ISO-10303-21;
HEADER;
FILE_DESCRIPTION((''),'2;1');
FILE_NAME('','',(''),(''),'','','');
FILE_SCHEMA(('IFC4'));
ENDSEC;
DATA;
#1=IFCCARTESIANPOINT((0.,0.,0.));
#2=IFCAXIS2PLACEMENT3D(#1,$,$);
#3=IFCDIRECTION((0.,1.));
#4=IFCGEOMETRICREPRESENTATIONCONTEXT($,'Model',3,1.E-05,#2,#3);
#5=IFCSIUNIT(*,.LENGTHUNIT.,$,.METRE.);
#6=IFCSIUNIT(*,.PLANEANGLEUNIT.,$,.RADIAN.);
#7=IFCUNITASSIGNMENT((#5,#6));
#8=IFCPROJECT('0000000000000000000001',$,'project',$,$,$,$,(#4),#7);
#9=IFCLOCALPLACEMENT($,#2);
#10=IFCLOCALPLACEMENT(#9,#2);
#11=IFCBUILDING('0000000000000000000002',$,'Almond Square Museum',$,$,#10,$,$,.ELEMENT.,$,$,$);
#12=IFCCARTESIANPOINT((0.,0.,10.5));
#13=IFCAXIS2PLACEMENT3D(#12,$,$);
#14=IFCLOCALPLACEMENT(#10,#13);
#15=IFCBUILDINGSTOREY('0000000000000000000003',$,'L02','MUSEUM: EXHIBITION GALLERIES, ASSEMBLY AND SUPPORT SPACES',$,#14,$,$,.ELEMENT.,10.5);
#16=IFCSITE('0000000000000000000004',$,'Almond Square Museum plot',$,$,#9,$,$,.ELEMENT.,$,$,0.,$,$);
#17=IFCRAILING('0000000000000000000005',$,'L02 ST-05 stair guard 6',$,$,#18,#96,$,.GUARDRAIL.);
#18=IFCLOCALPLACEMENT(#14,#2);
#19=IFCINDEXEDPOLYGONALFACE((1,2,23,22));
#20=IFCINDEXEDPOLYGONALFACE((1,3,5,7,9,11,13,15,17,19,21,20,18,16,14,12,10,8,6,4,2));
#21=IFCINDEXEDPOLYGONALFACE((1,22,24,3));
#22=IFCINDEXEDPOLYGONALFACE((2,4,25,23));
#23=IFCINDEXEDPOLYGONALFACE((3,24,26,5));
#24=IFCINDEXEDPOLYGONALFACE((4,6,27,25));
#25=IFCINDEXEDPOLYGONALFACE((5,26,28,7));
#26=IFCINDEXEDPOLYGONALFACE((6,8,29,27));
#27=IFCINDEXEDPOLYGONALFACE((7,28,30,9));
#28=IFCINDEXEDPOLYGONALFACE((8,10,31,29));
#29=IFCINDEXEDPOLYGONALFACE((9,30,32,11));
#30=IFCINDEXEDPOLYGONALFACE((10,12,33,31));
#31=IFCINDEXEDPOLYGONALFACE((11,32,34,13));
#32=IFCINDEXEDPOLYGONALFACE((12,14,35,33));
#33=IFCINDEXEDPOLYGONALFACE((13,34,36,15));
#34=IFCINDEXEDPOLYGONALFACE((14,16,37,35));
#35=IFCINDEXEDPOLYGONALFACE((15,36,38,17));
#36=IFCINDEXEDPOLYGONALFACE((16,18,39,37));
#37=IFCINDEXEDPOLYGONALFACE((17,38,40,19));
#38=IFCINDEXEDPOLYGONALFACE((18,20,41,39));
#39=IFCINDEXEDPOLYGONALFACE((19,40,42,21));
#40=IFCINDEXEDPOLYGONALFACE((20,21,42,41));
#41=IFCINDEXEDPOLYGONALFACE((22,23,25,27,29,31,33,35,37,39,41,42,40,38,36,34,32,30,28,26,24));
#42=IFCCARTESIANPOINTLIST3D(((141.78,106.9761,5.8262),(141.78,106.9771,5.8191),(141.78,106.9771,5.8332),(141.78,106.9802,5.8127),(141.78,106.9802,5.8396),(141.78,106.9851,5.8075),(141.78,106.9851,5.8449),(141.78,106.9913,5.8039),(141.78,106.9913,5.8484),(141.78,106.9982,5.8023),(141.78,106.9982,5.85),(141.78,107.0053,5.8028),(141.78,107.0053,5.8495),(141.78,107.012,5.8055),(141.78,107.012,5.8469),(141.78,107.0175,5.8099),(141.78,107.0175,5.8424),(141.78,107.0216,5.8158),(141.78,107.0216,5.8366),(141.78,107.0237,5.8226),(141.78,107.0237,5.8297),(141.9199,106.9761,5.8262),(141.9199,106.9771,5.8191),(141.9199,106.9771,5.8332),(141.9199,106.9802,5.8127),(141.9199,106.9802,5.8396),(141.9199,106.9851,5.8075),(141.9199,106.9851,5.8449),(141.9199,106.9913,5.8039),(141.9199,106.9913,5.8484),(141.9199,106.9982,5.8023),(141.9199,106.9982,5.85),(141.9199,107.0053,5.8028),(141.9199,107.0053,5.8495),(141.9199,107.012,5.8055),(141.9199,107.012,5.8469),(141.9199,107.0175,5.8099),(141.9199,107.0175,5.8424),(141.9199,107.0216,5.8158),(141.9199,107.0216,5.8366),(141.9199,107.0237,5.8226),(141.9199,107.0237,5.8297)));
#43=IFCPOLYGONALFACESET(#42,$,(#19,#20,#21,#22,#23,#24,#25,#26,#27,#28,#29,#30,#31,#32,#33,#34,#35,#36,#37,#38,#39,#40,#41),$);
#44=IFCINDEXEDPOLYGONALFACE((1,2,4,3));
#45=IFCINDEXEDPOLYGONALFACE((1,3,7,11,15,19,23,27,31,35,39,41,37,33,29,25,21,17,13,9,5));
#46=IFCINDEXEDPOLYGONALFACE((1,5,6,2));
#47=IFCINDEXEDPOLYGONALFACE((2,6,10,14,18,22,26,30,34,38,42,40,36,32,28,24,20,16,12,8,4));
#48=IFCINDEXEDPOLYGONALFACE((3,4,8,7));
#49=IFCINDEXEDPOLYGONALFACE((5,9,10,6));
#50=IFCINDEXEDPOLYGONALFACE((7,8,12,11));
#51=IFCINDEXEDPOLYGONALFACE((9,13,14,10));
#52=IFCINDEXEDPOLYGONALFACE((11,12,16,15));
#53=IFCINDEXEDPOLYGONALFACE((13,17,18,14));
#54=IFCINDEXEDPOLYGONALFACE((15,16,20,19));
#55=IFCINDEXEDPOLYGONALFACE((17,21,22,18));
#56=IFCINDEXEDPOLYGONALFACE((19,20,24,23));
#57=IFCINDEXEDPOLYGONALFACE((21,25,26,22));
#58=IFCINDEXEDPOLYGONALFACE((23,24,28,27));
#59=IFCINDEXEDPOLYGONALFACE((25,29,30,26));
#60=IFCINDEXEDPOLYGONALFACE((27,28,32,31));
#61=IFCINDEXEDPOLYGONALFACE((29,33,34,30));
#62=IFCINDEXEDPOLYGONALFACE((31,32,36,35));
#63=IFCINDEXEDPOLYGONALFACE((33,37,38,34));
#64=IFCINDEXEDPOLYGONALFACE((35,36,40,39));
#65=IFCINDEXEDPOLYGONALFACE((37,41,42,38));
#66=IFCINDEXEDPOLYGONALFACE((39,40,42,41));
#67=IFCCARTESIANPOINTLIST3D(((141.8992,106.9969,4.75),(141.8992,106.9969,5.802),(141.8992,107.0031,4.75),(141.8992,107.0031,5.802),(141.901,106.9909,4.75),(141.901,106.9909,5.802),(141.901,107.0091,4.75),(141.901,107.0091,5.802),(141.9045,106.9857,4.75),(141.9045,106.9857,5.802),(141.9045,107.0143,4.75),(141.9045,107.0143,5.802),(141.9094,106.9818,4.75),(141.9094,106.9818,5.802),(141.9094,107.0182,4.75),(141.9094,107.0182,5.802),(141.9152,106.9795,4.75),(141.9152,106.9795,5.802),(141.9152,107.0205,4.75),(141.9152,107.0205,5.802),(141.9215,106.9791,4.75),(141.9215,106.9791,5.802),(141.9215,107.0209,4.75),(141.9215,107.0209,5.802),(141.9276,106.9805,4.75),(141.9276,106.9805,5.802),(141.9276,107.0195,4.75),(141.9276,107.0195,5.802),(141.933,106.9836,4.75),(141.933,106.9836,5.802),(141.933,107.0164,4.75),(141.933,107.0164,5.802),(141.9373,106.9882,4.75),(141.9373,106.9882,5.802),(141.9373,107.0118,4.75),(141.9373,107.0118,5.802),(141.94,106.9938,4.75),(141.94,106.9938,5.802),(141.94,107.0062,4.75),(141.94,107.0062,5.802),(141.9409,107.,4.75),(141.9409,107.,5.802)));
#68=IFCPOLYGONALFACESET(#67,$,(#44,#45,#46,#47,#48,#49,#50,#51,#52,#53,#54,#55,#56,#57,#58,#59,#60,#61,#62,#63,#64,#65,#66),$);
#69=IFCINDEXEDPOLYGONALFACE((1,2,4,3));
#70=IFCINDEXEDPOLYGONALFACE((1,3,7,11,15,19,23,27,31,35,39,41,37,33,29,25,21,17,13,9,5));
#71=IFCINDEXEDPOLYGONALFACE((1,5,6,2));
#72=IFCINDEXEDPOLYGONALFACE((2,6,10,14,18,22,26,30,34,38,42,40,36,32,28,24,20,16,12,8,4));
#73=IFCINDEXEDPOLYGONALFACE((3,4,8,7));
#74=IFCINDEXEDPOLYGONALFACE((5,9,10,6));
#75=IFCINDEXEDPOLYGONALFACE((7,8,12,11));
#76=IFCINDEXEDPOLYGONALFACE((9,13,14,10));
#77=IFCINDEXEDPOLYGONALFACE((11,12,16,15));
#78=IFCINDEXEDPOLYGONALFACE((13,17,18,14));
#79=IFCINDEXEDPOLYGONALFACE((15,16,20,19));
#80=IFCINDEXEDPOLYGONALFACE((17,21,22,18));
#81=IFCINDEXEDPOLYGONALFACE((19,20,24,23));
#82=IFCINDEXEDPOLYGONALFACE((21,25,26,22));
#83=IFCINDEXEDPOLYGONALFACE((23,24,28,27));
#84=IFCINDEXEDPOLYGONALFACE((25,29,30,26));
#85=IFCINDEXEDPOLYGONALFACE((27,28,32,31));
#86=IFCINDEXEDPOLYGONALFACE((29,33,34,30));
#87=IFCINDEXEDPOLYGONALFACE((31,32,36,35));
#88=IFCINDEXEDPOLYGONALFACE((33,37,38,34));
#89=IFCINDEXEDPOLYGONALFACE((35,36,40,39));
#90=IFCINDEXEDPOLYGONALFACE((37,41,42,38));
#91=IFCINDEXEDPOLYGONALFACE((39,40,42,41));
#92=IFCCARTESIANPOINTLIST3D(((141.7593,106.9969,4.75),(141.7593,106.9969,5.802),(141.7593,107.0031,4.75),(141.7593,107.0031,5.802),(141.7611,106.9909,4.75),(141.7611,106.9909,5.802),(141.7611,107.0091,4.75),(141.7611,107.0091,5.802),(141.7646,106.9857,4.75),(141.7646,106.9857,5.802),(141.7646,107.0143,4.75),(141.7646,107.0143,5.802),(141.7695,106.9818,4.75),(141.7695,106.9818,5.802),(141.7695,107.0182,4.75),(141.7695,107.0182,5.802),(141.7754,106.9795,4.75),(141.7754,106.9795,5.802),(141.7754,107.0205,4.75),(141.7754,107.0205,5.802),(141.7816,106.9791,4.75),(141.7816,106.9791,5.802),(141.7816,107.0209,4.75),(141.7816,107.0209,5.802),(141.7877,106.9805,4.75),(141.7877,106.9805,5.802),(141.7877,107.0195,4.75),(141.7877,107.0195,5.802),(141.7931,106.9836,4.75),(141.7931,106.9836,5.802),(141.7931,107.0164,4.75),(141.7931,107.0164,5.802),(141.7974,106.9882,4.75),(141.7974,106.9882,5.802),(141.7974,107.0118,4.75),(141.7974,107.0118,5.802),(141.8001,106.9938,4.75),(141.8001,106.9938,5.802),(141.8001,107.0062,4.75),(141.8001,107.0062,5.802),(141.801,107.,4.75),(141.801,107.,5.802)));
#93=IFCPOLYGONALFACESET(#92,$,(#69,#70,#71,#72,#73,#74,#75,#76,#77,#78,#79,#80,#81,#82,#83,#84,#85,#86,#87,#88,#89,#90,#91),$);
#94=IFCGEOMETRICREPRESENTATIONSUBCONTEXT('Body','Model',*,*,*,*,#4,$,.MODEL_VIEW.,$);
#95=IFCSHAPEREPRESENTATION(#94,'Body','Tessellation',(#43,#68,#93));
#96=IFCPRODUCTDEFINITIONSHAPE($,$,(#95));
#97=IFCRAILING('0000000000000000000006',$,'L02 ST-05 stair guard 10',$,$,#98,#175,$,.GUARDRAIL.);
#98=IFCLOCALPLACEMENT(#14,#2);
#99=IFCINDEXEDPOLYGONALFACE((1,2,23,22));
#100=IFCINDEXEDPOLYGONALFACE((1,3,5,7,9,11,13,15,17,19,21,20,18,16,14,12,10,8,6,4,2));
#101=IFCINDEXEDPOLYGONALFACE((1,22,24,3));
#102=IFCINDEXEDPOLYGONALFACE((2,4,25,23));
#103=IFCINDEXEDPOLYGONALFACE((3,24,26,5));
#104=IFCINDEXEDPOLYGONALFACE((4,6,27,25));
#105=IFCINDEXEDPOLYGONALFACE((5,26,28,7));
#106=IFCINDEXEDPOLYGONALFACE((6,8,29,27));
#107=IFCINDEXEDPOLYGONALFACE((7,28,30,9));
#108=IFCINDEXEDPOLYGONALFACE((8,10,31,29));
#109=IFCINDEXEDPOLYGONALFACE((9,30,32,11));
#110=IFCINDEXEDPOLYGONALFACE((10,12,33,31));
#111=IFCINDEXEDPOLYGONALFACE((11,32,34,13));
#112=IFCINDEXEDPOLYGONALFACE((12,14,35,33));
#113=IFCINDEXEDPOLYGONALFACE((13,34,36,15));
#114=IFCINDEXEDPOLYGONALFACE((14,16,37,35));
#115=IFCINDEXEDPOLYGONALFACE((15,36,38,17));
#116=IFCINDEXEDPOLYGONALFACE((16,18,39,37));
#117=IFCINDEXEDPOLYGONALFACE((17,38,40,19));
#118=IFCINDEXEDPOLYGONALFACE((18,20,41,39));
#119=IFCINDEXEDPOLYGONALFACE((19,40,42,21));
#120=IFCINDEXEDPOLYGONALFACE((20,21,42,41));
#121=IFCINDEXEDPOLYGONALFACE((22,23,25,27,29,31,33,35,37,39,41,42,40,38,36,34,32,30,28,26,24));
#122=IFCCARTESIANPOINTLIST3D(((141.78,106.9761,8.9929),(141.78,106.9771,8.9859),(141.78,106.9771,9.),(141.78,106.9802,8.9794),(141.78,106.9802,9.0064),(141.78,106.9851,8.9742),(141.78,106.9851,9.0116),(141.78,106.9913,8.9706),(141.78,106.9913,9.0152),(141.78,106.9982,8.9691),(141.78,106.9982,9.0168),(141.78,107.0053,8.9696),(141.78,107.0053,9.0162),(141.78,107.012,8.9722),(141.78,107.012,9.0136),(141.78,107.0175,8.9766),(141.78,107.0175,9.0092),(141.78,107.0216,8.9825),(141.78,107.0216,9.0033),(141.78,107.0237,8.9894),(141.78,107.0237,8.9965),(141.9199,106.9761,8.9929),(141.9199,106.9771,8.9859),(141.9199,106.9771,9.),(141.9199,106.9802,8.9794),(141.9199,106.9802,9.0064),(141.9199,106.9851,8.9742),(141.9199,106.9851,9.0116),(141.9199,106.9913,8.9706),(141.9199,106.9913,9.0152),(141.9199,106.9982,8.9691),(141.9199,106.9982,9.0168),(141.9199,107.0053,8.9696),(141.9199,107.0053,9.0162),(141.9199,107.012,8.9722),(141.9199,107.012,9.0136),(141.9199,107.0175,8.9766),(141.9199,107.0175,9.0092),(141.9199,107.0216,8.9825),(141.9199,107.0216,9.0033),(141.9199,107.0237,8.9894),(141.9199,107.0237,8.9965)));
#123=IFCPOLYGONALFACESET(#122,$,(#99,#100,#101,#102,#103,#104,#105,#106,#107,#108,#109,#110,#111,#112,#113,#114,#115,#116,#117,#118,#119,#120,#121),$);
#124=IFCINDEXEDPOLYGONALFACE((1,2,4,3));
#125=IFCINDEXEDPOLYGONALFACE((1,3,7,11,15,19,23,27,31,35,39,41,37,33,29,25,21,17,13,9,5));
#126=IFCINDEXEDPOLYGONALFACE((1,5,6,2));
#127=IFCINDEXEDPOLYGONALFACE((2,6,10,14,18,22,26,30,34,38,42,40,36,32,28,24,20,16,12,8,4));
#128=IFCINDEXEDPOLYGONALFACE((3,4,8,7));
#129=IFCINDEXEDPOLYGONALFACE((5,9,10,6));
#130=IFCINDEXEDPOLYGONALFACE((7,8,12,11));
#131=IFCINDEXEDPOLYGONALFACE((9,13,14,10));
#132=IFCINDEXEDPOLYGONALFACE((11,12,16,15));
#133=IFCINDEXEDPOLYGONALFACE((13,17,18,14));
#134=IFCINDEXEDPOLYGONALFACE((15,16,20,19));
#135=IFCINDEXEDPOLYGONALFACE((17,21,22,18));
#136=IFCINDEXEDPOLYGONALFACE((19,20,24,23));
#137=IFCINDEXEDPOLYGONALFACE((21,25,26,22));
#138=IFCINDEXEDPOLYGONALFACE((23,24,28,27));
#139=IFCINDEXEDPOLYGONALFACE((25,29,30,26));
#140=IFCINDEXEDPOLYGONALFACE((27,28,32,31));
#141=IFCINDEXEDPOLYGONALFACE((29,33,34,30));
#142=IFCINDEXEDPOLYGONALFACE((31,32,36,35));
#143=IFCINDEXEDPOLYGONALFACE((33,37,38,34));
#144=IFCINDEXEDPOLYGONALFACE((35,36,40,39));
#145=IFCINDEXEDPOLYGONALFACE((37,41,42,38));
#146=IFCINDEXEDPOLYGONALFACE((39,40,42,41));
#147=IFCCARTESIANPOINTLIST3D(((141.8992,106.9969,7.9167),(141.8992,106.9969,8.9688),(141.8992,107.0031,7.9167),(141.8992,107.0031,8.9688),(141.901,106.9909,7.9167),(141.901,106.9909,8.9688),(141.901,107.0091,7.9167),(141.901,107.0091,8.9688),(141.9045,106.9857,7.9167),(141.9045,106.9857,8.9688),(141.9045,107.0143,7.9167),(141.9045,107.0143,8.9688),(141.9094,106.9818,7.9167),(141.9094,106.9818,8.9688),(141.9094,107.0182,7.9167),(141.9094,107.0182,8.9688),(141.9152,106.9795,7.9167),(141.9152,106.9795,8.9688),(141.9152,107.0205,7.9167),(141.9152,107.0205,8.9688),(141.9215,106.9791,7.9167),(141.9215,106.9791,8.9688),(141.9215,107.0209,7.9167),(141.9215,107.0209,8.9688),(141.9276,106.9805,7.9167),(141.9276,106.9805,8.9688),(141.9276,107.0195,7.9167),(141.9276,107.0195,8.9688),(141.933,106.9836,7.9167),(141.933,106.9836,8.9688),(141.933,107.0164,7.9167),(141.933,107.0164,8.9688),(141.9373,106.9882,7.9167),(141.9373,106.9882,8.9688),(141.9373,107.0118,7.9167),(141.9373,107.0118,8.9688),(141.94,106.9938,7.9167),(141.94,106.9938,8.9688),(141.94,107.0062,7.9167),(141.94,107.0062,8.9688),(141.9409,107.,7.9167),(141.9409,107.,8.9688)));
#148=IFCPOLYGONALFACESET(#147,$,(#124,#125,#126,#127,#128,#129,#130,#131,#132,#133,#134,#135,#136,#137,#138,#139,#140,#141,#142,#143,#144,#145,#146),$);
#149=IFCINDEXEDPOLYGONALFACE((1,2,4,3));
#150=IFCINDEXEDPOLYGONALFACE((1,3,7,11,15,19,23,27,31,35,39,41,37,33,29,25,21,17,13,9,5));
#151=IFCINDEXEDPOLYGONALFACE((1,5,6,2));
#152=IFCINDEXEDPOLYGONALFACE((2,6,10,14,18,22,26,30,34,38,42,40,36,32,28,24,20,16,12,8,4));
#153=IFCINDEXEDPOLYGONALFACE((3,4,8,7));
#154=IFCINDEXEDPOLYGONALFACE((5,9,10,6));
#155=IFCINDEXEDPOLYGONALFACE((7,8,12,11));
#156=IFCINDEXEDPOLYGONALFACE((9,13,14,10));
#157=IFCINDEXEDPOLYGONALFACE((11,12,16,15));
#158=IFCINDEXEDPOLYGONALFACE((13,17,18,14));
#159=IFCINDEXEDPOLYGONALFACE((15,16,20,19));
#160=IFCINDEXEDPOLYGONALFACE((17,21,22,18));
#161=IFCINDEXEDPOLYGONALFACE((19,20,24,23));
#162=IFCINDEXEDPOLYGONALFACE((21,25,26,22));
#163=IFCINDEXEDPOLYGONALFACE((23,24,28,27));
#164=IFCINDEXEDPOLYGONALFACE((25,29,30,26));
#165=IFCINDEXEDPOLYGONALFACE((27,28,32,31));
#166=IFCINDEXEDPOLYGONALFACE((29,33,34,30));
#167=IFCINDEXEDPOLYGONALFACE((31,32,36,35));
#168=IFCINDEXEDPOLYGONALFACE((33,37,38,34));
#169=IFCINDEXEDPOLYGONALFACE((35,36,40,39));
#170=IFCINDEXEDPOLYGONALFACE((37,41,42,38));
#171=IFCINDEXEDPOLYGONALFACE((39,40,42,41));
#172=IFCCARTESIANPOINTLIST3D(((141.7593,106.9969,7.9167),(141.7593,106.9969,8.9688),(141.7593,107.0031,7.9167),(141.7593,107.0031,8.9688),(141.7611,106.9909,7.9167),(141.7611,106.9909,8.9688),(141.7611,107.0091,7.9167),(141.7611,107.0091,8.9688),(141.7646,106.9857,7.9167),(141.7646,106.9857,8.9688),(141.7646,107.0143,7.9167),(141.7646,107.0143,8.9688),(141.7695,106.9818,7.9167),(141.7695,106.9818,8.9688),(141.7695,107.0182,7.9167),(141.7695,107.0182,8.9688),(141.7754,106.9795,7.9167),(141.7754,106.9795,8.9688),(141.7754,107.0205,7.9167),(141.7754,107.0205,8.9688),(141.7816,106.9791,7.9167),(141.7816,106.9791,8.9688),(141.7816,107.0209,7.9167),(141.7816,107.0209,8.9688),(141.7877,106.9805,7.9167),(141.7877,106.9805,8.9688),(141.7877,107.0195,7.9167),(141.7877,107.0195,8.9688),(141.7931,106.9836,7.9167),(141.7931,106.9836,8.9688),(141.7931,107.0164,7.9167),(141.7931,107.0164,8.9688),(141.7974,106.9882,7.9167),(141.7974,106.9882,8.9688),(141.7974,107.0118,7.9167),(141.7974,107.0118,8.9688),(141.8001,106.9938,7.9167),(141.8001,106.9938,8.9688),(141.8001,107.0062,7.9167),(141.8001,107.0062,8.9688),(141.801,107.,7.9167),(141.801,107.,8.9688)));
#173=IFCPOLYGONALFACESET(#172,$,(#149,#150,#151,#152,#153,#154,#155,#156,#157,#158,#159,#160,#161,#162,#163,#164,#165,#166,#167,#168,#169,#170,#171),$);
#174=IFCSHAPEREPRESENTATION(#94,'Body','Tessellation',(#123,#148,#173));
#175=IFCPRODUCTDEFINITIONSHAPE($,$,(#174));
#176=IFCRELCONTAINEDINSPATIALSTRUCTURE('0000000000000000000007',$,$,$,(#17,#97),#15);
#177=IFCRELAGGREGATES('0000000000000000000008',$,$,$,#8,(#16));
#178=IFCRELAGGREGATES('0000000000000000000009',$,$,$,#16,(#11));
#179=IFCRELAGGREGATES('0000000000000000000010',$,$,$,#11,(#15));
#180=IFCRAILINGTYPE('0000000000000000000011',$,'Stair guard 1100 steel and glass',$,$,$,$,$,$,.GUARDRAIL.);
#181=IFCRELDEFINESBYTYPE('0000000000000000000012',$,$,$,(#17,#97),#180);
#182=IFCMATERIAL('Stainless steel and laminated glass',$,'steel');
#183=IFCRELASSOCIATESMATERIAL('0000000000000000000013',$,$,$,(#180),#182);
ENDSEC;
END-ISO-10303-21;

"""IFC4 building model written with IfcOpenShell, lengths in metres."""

from ifc_helpers import new_model, si_unit, direction, frame, origin, origin_2d, place, context, subcontext, project, spatial, circle, extrude, material, type_object, element, save


model = new_model("IFC4")

# Units and contexts
model_context = context("Model", 3, precision=1e-05, world=origin(), true_north=direction((0.0, 1.0)))
body_context = subcontext(model_context, "Body", "Model", "MODEL_VIEW")
ifc_project = project(units=[si_unit("LENGTHUNIT", "METRE"), si_unit("PLANEANGLEUNIT", "RADIAN")], contexts=[model_context])

# Site, building, storey
site_placement = place(None, origin())
site = spatial("IfcSite", under=ifc_project, at=site_placement, Name="Almond Square Museum plot", CompositionType="ELEMENT", RefElevation=0.0)
building_placement = place(site_placement, origin())
building = spatial("IfcBuilding", under=site, at=building_placement, Name="Almond Square Museum", CompositionType="ELEMENT")
storey_placement = place(building_placement, frame((0.0, 0.0, 10.5)))
storey = spatial("IfcBuildingStorey", under=building, at=storey_placement, Name="L02", Description="MUSEUM: EXHIBITION GALLERIES, ASSEMBLY AND SUPPORT SPACES", CompositionType="ELEMENT", Elevation=10.5)

# Railings
ifc_material_1 = material(Name="Stainless steel and laminated glass", Category="steel")
railing_type_1 = type_object("IfcRailingType", Name="Stair guard 1100 steel and glass", PredefinedType="GUARDRAIL", material=ifc_material_1)
for number, where, name in (
    (1, (141.9199, 107.0, 4.75), "L02 ST-05 stair guard 6"),
    (2, (141.9199, 107.0, 7.9167), "L02 ST-05 stair guard 10"),
):
    element("IfcRailing", number, at=place(storey_placement, frame(where)), inside=storey, type_object=railing_type_1, Name=name, PredefinedType="GUARDRAIL", context=body_context, shape_type="SweptSolid", body=[
        extrude(circle(Radius=0.0239, at=origin_2d()), frame((0.0, 0.0, 1.0762), z_axis=(-1.0, 0.0, 0.0), x_axis=(0.0, -1.0, 0.0)), (0.0, 0.0, 1.0), 0.1399),
        extrude(circle(Radius=0.021, at=origin_2d()), origin(), (0.0, 0.0, 1.0), 1.052),
        extrude(circle(Radius=0.021, at=origin_2d()), frame((-0.1399, 0.0, 0.0)), (0.0, 0.0, 1.0), 1.052),
    ])

save(model, "model.ifc")
